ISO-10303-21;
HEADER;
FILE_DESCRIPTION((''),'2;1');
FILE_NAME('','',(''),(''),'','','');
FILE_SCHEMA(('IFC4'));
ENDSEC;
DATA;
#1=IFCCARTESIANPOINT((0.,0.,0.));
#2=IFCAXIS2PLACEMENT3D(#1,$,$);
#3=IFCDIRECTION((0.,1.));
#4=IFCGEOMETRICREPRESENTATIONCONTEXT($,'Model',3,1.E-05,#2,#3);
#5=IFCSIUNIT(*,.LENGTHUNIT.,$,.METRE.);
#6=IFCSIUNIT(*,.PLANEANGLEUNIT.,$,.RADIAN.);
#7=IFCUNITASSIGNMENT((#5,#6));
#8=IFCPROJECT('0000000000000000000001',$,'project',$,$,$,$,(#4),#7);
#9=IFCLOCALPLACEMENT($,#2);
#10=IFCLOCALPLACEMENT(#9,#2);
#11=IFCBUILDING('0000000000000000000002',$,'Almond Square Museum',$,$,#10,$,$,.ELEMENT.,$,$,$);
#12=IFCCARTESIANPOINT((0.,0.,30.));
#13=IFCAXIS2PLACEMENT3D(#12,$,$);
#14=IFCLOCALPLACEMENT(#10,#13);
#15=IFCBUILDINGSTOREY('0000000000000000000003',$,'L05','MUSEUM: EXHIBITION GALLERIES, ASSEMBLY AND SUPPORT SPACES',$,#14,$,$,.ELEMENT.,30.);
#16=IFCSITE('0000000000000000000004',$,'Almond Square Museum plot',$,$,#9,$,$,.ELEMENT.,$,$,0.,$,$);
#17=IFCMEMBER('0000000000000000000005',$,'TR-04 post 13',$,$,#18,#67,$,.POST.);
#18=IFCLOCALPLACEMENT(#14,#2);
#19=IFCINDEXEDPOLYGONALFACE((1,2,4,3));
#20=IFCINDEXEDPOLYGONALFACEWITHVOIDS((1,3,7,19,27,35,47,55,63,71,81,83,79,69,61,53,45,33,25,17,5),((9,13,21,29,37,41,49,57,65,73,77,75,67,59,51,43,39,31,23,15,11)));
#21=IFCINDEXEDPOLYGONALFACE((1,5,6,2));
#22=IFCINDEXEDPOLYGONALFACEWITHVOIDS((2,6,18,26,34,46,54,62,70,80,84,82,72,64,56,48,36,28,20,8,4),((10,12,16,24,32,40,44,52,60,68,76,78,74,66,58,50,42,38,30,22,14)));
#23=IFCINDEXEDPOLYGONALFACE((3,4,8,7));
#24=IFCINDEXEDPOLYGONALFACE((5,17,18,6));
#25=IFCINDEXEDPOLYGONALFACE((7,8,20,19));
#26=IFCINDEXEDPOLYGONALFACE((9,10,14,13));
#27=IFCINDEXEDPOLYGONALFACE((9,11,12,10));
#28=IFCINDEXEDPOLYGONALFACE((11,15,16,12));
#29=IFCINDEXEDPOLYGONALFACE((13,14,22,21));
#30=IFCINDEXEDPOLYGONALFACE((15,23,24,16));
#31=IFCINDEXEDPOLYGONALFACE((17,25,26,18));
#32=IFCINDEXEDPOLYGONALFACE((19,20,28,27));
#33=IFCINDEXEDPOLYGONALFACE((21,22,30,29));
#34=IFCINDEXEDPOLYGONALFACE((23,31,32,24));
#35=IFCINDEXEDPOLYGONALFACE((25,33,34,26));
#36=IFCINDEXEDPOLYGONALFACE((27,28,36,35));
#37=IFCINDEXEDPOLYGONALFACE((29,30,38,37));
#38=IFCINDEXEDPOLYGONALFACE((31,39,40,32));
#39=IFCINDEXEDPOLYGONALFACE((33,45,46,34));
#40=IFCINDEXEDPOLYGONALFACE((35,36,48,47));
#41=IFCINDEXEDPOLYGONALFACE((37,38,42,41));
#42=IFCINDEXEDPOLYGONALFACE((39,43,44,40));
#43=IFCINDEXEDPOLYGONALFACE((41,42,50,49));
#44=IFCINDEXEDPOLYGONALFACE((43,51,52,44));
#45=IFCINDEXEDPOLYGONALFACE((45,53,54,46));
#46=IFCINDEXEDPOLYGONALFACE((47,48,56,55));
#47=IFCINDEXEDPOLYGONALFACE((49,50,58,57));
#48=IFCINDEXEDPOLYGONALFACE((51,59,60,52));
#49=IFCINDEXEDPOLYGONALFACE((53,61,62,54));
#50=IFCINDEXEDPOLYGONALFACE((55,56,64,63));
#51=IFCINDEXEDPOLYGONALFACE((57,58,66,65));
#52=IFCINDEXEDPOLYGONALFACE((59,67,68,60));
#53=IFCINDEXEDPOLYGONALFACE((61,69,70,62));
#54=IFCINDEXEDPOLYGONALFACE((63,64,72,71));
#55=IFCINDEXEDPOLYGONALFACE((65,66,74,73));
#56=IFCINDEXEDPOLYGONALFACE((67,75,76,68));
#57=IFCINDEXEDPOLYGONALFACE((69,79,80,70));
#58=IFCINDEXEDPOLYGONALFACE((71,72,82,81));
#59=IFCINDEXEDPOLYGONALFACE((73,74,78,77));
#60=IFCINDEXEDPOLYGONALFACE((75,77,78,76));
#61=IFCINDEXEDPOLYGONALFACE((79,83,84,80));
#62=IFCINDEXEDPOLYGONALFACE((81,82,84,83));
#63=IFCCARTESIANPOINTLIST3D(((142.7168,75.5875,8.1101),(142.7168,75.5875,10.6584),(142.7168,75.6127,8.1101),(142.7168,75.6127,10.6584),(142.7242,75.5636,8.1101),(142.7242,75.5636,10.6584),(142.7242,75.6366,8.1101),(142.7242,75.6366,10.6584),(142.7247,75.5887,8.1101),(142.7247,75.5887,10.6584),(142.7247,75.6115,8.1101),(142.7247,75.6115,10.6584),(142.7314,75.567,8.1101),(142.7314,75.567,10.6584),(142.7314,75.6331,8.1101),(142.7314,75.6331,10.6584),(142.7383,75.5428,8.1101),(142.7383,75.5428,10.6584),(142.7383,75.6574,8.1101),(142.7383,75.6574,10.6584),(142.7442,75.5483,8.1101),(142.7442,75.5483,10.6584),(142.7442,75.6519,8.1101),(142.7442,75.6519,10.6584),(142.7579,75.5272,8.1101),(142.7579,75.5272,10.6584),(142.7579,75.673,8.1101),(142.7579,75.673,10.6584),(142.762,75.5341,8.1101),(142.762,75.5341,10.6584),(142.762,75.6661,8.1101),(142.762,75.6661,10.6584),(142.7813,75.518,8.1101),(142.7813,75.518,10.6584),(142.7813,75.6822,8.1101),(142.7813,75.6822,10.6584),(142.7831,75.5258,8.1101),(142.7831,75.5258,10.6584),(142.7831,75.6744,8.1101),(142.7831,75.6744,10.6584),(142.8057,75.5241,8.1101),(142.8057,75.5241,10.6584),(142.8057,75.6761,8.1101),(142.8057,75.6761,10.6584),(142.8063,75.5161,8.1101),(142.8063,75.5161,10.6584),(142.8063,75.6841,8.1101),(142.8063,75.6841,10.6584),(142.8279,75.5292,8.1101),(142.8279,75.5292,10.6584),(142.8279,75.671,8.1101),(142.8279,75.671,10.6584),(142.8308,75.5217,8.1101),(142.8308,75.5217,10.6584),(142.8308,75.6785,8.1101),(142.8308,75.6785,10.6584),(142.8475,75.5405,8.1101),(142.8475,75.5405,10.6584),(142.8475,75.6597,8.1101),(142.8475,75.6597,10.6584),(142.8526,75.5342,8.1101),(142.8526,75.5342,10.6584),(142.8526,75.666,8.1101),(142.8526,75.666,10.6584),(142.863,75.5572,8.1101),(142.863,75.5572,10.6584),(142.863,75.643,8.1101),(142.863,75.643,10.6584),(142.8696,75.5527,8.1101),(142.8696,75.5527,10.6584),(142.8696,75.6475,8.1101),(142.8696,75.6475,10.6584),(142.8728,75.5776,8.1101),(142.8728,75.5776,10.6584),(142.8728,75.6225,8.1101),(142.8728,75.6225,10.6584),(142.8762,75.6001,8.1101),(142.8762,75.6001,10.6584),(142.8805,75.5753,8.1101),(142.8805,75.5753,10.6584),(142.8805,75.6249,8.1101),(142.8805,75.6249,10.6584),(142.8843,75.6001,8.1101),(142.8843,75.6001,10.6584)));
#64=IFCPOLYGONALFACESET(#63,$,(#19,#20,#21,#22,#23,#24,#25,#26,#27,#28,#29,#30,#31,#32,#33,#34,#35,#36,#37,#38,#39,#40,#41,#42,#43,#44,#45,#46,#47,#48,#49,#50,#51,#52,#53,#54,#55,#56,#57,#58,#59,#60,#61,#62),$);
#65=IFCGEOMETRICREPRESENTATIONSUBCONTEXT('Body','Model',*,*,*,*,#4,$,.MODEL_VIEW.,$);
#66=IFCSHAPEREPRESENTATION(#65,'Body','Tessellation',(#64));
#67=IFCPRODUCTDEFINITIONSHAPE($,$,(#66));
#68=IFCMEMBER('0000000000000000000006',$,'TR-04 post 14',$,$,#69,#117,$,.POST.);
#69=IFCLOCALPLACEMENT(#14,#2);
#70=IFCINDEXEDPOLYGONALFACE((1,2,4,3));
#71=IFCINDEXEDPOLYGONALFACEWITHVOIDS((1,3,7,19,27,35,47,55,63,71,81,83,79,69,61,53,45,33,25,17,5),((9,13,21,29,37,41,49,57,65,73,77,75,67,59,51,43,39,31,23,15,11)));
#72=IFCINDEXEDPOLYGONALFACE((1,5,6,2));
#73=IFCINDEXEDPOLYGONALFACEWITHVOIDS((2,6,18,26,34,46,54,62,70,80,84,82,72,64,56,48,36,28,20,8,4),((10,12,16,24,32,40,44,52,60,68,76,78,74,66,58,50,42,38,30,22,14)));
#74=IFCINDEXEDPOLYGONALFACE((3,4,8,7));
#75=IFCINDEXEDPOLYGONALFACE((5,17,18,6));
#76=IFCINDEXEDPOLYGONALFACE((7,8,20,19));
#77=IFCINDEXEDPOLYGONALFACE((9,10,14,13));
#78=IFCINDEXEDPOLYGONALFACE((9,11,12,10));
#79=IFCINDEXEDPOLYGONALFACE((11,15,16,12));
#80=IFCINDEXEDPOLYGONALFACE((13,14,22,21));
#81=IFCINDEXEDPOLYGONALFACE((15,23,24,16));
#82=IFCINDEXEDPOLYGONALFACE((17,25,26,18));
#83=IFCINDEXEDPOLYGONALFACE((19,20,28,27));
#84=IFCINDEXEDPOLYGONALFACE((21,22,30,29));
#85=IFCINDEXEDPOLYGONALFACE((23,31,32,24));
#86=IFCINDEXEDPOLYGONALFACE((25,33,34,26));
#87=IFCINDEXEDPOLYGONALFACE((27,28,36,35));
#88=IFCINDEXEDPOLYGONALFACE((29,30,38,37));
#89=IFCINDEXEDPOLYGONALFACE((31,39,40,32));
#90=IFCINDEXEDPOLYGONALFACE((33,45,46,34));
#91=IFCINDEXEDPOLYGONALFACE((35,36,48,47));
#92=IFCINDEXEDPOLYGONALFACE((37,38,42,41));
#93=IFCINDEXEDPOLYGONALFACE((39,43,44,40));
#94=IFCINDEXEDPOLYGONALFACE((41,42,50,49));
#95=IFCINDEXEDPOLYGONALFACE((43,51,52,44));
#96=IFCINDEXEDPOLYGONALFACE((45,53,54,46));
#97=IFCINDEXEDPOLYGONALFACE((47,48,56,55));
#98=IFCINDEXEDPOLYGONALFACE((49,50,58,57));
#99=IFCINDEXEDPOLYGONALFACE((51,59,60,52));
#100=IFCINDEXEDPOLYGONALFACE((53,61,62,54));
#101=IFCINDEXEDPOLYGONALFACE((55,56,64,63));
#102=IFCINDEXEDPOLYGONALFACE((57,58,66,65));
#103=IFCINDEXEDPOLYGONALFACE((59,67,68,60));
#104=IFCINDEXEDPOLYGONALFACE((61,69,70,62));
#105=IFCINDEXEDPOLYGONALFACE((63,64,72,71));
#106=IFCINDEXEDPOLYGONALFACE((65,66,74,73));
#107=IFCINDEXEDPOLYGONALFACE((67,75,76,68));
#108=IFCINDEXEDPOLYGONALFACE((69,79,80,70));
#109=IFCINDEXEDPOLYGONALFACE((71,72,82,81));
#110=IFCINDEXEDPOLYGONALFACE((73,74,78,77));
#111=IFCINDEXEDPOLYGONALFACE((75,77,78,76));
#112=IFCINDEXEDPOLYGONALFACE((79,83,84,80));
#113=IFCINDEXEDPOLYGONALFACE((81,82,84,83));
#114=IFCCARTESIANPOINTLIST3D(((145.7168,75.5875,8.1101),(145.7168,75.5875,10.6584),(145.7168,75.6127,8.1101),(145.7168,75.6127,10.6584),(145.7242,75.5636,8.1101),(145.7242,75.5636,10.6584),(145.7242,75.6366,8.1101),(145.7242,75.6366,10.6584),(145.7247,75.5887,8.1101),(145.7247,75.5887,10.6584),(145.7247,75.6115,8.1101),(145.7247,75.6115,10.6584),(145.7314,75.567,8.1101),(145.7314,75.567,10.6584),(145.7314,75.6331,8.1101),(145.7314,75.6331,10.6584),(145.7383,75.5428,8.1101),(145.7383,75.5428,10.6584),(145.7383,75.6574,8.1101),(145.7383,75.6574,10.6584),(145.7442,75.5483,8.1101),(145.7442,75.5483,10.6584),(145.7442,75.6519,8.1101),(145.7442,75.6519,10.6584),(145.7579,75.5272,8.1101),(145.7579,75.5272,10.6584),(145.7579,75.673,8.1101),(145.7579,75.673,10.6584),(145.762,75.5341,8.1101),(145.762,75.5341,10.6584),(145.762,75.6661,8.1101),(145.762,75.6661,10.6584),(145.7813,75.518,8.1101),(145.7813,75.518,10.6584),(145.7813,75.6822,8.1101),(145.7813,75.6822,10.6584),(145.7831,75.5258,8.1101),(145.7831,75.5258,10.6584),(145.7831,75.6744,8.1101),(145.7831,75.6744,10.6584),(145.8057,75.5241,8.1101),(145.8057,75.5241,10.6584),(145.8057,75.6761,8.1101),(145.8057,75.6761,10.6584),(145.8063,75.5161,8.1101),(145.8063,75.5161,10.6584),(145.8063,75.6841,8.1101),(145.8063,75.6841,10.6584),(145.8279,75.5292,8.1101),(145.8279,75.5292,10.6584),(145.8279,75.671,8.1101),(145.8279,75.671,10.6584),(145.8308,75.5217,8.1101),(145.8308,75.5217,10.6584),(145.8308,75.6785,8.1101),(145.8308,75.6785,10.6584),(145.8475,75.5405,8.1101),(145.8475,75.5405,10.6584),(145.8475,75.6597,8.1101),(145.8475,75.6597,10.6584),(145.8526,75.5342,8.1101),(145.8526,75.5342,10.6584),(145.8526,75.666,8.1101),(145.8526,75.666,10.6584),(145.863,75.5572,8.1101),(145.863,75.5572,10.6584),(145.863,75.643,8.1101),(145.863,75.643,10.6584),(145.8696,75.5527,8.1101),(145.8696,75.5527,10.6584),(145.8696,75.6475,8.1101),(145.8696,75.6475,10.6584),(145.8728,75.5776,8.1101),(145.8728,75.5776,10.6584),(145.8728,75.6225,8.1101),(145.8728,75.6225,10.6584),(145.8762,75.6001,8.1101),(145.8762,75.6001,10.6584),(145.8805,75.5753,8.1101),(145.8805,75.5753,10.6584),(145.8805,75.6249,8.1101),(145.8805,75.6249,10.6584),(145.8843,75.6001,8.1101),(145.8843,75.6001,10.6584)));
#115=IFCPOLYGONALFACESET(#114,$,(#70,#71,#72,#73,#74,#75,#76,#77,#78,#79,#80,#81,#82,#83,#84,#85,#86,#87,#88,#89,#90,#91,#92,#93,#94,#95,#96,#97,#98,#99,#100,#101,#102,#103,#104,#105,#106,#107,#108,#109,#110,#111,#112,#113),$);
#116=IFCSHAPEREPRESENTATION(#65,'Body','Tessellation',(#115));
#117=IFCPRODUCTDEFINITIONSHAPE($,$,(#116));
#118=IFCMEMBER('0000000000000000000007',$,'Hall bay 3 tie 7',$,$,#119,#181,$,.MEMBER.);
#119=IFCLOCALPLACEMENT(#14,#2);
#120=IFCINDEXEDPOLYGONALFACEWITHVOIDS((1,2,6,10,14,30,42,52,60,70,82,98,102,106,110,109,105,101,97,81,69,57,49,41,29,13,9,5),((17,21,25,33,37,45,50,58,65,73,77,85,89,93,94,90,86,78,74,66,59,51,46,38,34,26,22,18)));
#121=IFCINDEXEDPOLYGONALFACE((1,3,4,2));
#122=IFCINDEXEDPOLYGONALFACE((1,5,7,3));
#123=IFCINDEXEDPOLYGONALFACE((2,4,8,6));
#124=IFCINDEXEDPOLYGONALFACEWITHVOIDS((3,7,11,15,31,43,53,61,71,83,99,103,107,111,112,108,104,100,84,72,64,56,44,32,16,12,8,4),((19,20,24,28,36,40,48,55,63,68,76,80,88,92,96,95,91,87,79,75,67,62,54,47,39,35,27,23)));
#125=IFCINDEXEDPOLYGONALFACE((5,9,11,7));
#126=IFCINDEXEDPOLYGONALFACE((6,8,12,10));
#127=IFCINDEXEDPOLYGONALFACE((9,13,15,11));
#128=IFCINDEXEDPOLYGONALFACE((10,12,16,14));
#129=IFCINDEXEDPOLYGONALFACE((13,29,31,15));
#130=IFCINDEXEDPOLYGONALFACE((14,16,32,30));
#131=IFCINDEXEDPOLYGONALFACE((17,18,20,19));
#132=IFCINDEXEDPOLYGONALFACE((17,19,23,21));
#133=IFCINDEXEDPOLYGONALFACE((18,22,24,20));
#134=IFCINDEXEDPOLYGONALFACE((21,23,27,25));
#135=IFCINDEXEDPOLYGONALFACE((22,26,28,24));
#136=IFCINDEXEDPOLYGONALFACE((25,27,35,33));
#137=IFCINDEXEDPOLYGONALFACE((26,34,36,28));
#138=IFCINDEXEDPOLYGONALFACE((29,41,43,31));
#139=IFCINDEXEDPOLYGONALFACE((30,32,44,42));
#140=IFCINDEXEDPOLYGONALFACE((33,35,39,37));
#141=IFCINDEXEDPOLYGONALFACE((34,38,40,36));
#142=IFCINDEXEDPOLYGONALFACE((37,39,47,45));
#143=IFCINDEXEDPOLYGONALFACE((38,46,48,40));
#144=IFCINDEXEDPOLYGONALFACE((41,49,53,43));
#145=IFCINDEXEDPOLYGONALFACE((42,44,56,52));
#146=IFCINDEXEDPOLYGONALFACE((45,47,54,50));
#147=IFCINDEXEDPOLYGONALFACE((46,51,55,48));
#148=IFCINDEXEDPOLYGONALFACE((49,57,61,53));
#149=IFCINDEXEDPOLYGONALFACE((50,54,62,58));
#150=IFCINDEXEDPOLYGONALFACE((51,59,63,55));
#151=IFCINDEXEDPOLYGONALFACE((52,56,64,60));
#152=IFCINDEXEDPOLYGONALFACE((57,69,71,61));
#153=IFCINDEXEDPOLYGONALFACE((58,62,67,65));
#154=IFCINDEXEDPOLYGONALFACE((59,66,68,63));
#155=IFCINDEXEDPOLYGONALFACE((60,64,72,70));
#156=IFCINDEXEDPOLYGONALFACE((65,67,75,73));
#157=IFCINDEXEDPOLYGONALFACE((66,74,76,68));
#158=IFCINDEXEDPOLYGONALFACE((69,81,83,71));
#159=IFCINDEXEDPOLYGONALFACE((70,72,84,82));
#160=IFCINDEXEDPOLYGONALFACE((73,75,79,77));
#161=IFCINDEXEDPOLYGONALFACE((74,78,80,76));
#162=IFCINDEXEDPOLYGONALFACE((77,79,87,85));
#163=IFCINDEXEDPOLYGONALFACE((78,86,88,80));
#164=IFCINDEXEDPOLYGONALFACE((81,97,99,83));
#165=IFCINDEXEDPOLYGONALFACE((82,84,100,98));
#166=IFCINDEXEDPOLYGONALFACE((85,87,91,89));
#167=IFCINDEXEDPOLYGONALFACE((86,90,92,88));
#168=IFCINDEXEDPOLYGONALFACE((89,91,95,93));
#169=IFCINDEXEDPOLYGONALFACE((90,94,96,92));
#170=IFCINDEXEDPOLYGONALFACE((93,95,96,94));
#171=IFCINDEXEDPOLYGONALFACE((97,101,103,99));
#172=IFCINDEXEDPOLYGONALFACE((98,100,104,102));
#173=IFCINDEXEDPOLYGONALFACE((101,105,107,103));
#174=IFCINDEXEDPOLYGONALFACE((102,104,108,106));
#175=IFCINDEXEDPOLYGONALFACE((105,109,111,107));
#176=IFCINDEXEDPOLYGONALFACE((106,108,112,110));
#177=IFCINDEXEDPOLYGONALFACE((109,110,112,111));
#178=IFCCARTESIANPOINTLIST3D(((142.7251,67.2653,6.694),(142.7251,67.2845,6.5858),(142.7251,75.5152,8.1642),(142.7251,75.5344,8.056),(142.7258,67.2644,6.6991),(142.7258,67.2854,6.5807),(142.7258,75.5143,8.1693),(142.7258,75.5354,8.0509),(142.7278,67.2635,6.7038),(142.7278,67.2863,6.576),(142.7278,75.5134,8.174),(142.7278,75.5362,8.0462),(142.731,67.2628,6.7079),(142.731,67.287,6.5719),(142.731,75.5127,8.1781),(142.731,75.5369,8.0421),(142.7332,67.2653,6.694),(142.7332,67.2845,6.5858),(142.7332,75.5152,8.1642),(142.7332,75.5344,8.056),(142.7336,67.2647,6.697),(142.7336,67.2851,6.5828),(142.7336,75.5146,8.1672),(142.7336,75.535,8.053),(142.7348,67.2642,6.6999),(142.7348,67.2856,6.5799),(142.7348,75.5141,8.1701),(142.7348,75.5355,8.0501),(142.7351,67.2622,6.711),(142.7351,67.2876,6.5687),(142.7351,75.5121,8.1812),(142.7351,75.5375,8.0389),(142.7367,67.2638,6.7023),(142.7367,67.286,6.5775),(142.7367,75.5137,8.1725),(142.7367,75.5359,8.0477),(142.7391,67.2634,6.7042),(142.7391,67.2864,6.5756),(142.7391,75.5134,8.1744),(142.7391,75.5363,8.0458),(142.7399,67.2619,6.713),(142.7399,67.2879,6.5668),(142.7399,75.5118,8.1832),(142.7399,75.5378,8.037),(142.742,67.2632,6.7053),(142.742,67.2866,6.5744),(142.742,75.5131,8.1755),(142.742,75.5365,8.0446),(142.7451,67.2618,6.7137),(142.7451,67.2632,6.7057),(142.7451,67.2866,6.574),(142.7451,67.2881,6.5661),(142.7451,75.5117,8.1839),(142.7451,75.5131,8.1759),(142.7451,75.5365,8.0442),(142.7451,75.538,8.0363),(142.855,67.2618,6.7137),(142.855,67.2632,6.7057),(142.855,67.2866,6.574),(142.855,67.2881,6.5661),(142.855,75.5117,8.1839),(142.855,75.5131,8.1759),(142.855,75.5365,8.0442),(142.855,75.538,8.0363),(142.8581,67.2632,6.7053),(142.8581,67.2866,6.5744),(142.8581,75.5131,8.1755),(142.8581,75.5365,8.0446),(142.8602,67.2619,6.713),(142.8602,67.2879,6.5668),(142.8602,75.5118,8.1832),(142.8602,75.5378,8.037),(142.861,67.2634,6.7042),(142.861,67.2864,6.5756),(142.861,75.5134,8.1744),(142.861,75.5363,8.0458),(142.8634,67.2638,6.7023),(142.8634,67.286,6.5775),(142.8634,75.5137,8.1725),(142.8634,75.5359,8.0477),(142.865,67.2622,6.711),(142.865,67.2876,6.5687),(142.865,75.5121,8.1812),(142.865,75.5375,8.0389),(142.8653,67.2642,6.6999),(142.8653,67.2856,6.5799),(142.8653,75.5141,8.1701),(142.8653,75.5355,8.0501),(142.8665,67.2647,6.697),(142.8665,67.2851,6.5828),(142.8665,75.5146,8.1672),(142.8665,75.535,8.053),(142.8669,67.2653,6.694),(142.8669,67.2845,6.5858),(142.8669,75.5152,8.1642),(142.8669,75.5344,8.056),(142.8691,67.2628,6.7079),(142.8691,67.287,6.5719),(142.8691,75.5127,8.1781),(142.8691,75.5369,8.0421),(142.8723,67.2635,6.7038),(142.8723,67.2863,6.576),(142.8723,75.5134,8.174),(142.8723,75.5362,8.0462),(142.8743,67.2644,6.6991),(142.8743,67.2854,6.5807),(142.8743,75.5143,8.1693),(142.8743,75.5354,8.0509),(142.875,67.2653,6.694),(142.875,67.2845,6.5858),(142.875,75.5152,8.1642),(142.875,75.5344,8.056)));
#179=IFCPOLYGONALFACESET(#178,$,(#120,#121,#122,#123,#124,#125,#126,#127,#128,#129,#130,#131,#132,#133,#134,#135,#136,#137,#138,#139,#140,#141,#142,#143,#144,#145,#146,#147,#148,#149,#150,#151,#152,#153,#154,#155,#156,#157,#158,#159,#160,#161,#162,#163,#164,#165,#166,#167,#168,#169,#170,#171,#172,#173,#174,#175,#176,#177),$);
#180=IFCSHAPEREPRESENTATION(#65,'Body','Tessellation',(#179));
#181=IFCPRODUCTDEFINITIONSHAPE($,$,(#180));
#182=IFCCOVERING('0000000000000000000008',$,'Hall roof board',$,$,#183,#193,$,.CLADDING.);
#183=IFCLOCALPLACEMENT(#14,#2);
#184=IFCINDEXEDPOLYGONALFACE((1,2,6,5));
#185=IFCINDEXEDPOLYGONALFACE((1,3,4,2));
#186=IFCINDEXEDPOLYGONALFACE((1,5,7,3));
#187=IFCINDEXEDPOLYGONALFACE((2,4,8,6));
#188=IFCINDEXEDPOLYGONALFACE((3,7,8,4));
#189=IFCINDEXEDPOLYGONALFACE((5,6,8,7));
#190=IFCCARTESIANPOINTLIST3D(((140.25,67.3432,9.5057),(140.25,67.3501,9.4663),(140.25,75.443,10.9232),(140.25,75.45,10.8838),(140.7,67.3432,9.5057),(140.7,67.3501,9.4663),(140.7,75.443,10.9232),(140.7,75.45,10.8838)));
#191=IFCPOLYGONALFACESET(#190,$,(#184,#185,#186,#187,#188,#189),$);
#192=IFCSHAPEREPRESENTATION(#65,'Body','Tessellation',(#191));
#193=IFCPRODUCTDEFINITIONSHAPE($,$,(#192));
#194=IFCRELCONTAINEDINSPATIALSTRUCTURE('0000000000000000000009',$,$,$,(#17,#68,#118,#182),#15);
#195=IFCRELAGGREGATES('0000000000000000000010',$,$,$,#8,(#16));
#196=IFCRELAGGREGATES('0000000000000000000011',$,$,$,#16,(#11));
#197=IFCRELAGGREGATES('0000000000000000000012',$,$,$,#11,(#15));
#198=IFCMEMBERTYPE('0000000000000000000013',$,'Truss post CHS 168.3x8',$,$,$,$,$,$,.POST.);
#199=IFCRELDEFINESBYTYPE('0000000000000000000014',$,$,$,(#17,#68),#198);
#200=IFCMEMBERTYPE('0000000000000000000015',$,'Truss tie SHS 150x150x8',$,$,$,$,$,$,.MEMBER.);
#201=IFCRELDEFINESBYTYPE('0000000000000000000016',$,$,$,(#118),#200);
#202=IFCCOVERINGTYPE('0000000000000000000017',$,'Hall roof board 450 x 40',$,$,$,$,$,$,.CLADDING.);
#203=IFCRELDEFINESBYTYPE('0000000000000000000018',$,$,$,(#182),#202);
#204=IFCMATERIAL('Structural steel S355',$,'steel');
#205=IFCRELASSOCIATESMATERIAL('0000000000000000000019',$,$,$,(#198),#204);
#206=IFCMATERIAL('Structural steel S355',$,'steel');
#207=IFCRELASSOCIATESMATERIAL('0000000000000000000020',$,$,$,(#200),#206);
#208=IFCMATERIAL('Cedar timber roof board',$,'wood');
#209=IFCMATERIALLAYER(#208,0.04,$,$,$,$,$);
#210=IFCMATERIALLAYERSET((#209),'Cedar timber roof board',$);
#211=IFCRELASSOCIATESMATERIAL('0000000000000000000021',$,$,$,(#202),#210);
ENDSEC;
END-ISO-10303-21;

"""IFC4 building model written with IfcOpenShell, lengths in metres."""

from ifc_helpers import new_model, si_unit, direction, frame, origin, origin_2d, place, context, subcontext, project, spatial, polyline, hollow_rectangle, hollow_circle, outline, extrude, material, layer, layer_set, material_profile, profile_set, type_object, element, save


model = new_model("IFC4")

# Units and contexts
model_context = context("Model", 3, precision=1e-05, world=origin(), true_north=direction((0.0, 1.0)))
body_context = subcontext(model_context, "Body", "Model", "MODEL_VIEW")
ifc_project = project(units=[si_unit("LENGTHUNIT", "METRE"), si_unit("PLANEANGLEUNIT", "RADIAN")], contexts=[model_context])

# Site, building, storey
site_placement = place(None, origin())
site = spatial("IfcSite", under=ifc_project, at=site_placement, Name="Almond Square Museum plot", CompositionType="ELEMENT", RefElevation=0.0)
building_placement = place(site_placement, origin())
building = spatial("IfcBuilding", under=site, at=building_placement, Name="Almond Square Museum", CompositionType="ELEMENT")
storey_placement = place(building_placement, frame((0.0, 0.0, 30.0)))
storey = spatial("IfcBuildingStorey", under=building, at=storey_placement, Name="L05", Description="MUSEUM: EXHIBITION GALLERIES, ASSEMBLY AND SUPPORT SPACES", CompositionType="ELEMENT", Elevation=30.0)

# Members
ifc_material_1 = material(Name="Structural steel S355", Category="steel")
ifc_material_profile_1 = material_profile(ifc_material_1, hollow_circle(Radius=0.0842, WallThickness=0.0081, at=origin_2d()))
ifc_profile_set_1 = profile_set([ifc_material_profile_1], Name="Structural steel S355")
member_type_1 = type_object("IfcMemberType", Name="Truss post CHS 168.3x8", PredefinedType="POST", material=ifc_profile_set_1)
for number, where, z_axis, x_axis, name in (
    (1, (142.8, 75.6001, 8.1101), (0.0, 0.0, 1.0), (1.0, 0.0, 0.0), "TR-04 post 13"),
    (2, (145.8, 75.6001, 8.1101), (0.0, 0.0, 1.0), (1.0, 0.0, 0.0), "TR-04 post 14"),
):
    element("IfcMember", number, at=place(storey_placement, frame(where, z_axis=z_axis, x_axis=x_axis)), inside=storey, type_object=member_type_1, Name=name, PredefinedType="POST", context=body_context, shape_type="SweptSolid", body=[
        extrude(hollow_circle(Radius=0.0842, WallThickness=0.0081, at=origin_2d()), origin(), (0.0, 0.0, 1.0), 2.5483),
    ])
ifc_material_2 = material(Name="Structural steel S355", Category="steel")
ifc_material_profile_2 = material_profile(ifc_material_2, hollow_rectangle(XDim=0.1499, YDim=0.1499, WallThickness=0.0081, InnerFilletRadius=0.012, OuterFilletRadius=0.02, at=origin_2d()))
ifc_profile_set_2 = profile_set([ifc_material_profile_2], Name="Structural steel S355")
member_type_2 = type_object("IfcMemberType", Name="Truss tie SHS 150x150x8", PredefinedType="MEMBER", material=ifc_profile_set_2)
member_1_placement = place(storey_placement, frame((142.8, 67.2749, 6.6399), z_axis=(0.0, 0.984489, 0.175444), x_axis=(-1.0, 0.0, 0.0)))
element("IfcMember", 3, at=member_1_placement, inside=storey, type_object=member_type_2, Name="Hall bay 3 tie 7", PredefinedType="MEMBER", context=body_context, shape_type="SweptSolid", body=[
    extrude(hollow_rectangle(XDim=0.1499, YDim=0.1499, WallThickness=0.0081, InnerFilletRadius=0.012, OuterFilletRadius=0.02, at=origin_2d()), origin(), (0.0, 0.0, 1.0), 8.3799),
])

# Covering
ifc_material_3 = material(Name="Cedar timber roof board", Category="wood")
ifc_layer = layer(ifc_material_3, 0.04)
ifc_layer_set = layer_set([ifc_layer], Name="Cedar timber roof board")
covering_type = type_object("IfcCoveringType", Name="Hall roof board 450 x 40", PredefinedType="CLADDING", material=ifc_layer_set)
covering_1_placement = place(storey_placement, frame((140.7, 75.45, 10.8838), z_axis=(0.0, -0.172381, 0.98503), x_axis=(-1.0, 0.0, 0.0)))
element("IfcCovering", 4, at=covering_1_placement, inside=storey, type_object=covering_type, Name="Hall roof board", PredefinedType="CLADDING", context=body_context, shape_type="SweptSolid", body=[
    extrude(outline(polyline([(0.0, 0.0), (0.45, 0.0), (0.45, 8.2229), (0.0, 8.2229), (0.0, 0.0)])), origin(), (0.0, 0.0, 1.0), 0.04),
])

save(model, "model.ifc")
